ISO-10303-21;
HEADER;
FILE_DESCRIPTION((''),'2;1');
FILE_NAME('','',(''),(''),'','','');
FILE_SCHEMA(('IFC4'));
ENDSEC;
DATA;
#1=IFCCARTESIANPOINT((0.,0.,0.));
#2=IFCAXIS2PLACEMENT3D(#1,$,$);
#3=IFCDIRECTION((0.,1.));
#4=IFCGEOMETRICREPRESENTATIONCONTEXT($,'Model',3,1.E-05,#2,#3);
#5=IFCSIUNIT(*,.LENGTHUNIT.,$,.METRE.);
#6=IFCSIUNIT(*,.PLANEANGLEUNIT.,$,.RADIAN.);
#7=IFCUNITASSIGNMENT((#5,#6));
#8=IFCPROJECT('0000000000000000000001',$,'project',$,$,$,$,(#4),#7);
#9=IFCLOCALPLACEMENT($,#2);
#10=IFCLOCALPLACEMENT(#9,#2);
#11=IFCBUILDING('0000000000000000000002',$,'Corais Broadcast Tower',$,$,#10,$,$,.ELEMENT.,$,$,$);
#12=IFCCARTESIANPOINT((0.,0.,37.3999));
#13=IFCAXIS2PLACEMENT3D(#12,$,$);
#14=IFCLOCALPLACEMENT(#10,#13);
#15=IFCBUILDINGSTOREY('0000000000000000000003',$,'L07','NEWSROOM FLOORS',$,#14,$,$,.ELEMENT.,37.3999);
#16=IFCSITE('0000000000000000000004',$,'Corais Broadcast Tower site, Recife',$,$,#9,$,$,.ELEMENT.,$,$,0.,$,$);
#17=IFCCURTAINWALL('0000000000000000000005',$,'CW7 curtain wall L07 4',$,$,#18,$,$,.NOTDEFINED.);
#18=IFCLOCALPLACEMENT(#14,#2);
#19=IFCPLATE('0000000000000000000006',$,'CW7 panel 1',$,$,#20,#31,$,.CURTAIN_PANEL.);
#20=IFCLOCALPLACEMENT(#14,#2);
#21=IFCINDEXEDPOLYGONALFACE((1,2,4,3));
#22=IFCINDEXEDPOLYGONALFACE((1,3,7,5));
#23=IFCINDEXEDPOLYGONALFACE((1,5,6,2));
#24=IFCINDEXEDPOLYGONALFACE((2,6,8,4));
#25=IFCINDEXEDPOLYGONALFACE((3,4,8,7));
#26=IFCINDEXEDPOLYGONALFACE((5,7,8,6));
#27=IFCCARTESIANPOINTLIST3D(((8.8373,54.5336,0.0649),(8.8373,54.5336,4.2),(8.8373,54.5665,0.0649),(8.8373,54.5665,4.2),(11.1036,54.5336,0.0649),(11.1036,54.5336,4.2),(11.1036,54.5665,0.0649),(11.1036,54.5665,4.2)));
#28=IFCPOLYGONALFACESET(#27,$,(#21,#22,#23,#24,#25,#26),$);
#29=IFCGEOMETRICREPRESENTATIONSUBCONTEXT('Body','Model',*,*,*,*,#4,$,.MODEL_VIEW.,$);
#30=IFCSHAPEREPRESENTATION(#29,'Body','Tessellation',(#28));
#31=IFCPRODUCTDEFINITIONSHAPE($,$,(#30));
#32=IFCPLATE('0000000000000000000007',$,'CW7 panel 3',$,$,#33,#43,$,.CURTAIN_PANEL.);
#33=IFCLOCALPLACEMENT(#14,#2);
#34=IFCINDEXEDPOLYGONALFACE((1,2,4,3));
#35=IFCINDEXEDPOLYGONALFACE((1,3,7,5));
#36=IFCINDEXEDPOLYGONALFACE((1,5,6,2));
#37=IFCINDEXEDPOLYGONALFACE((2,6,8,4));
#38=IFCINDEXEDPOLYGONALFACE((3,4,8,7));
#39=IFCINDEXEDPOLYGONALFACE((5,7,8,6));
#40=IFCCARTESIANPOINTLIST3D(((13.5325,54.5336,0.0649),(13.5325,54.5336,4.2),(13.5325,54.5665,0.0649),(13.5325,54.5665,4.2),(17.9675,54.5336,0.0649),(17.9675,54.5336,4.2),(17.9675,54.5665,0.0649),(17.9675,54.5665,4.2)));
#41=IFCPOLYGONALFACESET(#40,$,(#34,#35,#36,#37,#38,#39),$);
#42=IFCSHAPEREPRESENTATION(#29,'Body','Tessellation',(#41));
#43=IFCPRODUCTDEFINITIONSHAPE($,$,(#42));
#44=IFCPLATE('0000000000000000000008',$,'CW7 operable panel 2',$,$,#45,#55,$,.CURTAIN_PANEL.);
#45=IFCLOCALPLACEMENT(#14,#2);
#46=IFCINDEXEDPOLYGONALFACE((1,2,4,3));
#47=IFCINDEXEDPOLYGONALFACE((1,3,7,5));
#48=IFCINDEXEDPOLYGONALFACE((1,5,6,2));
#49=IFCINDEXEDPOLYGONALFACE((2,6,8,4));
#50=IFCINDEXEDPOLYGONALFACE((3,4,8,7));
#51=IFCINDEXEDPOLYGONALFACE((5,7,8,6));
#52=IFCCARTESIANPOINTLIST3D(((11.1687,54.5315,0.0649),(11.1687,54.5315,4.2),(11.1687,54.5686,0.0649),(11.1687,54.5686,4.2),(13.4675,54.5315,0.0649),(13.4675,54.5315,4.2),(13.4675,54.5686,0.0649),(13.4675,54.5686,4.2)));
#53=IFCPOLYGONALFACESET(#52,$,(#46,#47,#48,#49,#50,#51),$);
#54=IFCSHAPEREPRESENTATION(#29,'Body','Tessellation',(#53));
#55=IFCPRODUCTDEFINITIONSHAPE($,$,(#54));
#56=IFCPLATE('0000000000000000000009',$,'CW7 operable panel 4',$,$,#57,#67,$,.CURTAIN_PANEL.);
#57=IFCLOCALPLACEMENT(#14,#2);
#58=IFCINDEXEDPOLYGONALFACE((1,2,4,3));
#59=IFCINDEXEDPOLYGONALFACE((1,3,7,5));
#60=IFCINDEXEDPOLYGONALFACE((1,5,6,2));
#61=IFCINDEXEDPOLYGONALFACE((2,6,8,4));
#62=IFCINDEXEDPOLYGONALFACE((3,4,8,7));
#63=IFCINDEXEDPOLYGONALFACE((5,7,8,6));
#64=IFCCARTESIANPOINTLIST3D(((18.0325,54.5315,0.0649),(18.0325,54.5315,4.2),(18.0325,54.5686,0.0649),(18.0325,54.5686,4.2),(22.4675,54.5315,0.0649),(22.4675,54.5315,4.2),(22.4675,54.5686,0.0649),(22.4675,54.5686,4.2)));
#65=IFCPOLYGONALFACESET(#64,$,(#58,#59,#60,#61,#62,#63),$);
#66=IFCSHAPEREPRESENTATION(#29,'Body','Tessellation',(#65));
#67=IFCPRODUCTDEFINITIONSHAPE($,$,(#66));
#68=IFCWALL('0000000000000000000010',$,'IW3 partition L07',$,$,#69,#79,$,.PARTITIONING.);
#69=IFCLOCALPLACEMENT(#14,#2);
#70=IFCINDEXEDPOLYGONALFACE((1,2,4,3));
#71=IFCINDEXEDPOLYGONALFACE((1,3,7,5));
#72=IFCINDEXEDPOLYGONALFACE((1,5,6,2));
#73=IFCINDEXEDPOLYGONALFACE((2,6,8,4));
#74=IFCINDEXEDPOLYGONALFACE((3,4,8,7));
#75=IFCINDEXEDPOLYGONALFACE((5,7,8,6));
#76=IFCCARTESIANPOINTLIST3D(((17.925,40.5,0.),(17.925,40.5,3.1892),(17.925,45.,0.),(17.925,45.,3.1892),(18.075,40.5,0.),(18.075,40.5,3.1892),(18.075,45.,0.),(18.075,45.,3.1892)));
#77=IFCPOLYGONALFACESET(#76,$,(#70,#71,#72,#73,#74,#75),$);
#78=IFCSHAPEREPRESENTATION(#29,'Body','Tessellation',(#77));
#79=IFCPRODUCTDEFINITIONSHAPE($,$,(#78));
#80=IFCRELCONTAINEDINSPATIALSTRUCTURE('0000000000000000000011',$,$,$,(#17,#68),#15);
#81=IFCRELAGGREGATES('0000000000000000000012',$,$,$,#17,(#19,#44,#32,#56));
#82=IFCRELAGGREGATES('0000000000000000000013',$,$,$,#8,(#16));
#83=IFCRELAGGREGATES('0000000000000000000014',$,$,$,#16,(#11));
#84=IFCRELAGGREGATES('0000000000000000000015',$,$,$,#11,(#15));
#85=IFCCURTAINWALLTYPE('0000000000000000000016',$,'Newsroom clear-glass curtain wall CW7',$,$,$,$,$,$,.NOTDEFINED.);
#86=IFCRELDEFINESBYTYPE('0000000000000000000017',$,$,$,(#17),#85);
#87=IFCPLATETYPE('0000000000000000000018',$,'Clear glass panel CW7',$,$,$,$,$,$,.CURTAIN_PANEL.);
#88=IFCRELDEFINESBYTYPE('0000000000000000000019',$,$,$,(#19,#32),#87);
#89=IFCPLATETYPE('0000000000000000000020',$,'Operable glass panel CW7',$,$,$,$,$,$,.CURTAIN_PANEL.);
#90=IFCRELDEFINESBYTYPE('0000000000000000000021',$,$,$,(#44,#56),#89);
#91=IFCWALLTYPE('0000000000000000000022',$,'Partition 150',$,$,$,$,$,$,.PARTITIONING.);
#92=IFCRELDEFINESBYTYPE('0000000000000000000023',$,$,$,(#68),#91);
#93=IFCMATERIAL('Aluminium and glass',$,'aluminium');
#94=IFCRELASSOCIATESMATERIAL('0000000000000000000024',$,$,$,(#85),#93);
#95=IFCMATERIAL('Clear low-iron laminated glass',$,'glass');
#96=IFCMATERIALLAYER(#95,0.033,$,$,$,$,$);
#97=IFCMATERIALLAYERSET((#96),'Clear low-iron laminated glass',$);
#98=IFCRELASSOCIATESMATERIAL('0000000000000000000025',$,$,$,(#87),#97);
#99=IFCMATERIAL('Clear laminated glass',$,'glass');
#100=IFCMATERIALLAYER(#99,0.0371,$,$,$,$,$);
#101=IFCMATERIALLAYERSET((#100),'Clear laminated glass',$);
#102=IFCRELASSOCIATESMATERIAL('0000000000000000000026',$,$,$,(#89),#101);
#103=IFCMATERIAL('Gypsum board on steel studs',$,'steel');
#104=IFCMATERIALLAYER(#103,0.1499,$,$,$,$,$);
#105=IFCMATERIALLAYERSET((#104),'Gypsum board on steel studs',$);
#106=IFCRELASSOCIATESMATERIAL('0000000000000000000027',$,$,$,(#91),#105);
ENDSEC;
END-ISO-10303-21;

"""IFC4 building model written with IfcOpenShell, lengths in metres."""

from ifc_helpers import new_model, si_unit, direction, frame, frame_2d, origin, origin_2d, place, context, subcontext, project, spatial, rectangle, extrude, material, layer, layer_set, type_object, element, aggregate, save


model = new_model("IFC4")

# Units and contexts
model_context = context("Model", 3, precision=1e-05, world=origin(), true_north=direction((0.0, 1.0)))
body_context = subcontext(model_context, "Body", "Model", "MODEL_VIEW")
ifc_project = project(units=[si_unit("LENGTHUNIT", "METRE"), si_unit("PLANEANGLEUNIT", "RADIAN")], contexts=[model_context])

# Site, building, storey
site_placement = place(None, origin())
site = spatial("IfcSite", under=ifc_project, at=site_placement, Name="Corais Broadcast Tower site, Recife", CompositionType="ELEMENT", RefElevation=0.0)
building_placement = place(site_placement, origin())
building = spatial("IfcBuilding", under=site, at=building_placement, Name="Corais Broadcast Tower", CompositionType="ELEMENT")
storey_placement = place(building_placement, frame((0.0, 0.0, 37.3999)))
storey = spatial("IfcBuildingStorey", under=building, at=storey_placement, Name="L07", Description="NEWSROOM FLOORS", CompositionType="ELEMENT", Elevation=37.3999)

# Curtain wall
ifc_material_1 = material(Name="Aluminium and glass", Category="aluminium")
curtain_wall_type = type_object("IfcCurtainWallType", Name="Newsroom clear-glass curtain wall CW7", PredefinedType="NOTDEFINED", material=ifc_material_1)
curtain_wall_placement = place(storey_placement, origin())
curtain_wall = element("IfcCurtainWall", 1, at=curtain_wall_placement, inside=storey, type_object=curtain_wall_type, Name="CW7 curtain wall L07 4", PredefinedType="NOTDEFINED")

# Plates
ifc_material_2 = material(Name="Clear low-iron laminated glass", Category="glass")
ifc_layer_1 = layer(ifc_material_2, 0.033)
ifc_layer_set_1 = layer_set([ifc_layer_1], Name="Clear low-iron laminated glass")
plate_type_1 = type_object("IfcPlateType", Name="Clear glass panel CW7", PredefinedType="CURTAIN_PANEL", material=ifc_layer_set_1)
plate_1_placement = place(storey_placement, frame((9.9705, 54.55, 0.0649), z_axis=(0.0, 0.0, 1.0), x_axis=(1.0, 0.0, 0.0)))
plate_1 = element("IfcPlate", 2, at=plate_1_placement, type_object=plate_type_1, Name="CW7 panel 1", PredefinedType="CURTAIN_PANEL", context=body_context, shape_type="SweptSolid", body=[
    extrude(rectangle(XDim=2.2664, YDim=0.033, at=origin_2d()), origin(), (0.0, 0.0, 1.0), 4.135),
])
plate_2_placement = place(storey_placement, frame((15.75, 54.55, 0.0649), z_axis=(0.0, 0.0, 1.0), x_axis=(1.0, 0.0, 0.0)))
plate_2 = element("IfcPlate", 3, at=plate_2_placement, type_object=plate_type_1, Name="CW7 panel 3", PredefinedType="CURTAIN_PANEL", context=body_context, shape_type="SweptSolid", body=[
    extrude(rectangle(XDim=4.4351, YDim=0.033, at=origin_2d()), origin(), (0.0, 0.0, 1.0), 4.135),
])
ifc_material_3 = material(Name="Clear laminated glass", Category="glass")
ifc_layer_2 = layer(ifc_material_3, 0.0371)
ifc_layer_set_2 = layer_set([ifc_layer_2], Name="Clear laminated glass")
plate_type_2 = type_object("IfcPlateType", Name="Operable glass panel CW7", PredefinedType="CURTAIN_PANEL", material=ifc_layer_set_2)
plate_3_placement = place(storey_placement, frame((12.3181, 54.55, 0.0649), z_axis=(0.0, 0.0, 1.0), x_axis=(1.0, 0.0, 0.0)))
plate_3 = element("IfcPlate", 4, at=plate_3_placement, type_object=plate_type_2, Name="CW7 operable panel 2", PredefinedType="CURTAIN_PANEL", context=body_context, shape_type="SweptSolid", body=[
    extrude(rectangle(XDim=2.2988, YDim=0.0371, at=origin_2d()), origin(), (0.0, 0.0, 1.0), 4.135),
])
plate_4_placement = place(storey_placement, frame((20.25, 54.55, 0.0649), z_axis=(0.0, 0.0, 1.0), x_axis=(1.0, 0.0, 0.0)))
plate_4 = element("IfcPlate", 5, at=plate_4_placement, type_object=plate_type_2, Name="CW7 operable panel 4", PredefinedType="CURTAIN_PANEL", context=body_context, shape_type="SweptSolid", body=[
    extrude(rectangle(XDim=4.4351, YDim=0.0371, at=origin_2d()), origin(), (0.0, 0.0, 1.0), 4.135),
])
aggregate(curtain_wall, [plate_1, plate_3, plate_2, plate_4])

# Wall
ifc_material_4 = material(Name="Gypsum board on steel studs", Category="steel")
ifc_layer_3 = layer(ifc_material_4, 0.1499)
ifc_layer_set_3 = layer_set([ifc_layer_3], Name="Gypsum board on steel studs")
wall_type = type_object("IfcWallType", Name="Partition 150", PredefinedType="PARTITIONING", material=ifc_layer_set_3)
wall_placement = place(storey_placement, frame((18.0, 45.0, 0.0), z_axis=(0.0, 0.0, 1.0), x_axis=(0.0, -1.0, 0.0)))
element("IfcWall", 6, at=wall_placement, inside=storey, type_object=wall_type, Name="IW3 partition L07", PredefinedType="PARTITIONING", context=body_context, shape_type="SweptSolid", body=[
    extrude(rectangle(XDim=4.5, YDim=0.1499, at=frame_2d((2.25, 0.0))), origin(), (0.0, 0.0, 1.0), 3.1892),
])

save(model, "model.ifc")
